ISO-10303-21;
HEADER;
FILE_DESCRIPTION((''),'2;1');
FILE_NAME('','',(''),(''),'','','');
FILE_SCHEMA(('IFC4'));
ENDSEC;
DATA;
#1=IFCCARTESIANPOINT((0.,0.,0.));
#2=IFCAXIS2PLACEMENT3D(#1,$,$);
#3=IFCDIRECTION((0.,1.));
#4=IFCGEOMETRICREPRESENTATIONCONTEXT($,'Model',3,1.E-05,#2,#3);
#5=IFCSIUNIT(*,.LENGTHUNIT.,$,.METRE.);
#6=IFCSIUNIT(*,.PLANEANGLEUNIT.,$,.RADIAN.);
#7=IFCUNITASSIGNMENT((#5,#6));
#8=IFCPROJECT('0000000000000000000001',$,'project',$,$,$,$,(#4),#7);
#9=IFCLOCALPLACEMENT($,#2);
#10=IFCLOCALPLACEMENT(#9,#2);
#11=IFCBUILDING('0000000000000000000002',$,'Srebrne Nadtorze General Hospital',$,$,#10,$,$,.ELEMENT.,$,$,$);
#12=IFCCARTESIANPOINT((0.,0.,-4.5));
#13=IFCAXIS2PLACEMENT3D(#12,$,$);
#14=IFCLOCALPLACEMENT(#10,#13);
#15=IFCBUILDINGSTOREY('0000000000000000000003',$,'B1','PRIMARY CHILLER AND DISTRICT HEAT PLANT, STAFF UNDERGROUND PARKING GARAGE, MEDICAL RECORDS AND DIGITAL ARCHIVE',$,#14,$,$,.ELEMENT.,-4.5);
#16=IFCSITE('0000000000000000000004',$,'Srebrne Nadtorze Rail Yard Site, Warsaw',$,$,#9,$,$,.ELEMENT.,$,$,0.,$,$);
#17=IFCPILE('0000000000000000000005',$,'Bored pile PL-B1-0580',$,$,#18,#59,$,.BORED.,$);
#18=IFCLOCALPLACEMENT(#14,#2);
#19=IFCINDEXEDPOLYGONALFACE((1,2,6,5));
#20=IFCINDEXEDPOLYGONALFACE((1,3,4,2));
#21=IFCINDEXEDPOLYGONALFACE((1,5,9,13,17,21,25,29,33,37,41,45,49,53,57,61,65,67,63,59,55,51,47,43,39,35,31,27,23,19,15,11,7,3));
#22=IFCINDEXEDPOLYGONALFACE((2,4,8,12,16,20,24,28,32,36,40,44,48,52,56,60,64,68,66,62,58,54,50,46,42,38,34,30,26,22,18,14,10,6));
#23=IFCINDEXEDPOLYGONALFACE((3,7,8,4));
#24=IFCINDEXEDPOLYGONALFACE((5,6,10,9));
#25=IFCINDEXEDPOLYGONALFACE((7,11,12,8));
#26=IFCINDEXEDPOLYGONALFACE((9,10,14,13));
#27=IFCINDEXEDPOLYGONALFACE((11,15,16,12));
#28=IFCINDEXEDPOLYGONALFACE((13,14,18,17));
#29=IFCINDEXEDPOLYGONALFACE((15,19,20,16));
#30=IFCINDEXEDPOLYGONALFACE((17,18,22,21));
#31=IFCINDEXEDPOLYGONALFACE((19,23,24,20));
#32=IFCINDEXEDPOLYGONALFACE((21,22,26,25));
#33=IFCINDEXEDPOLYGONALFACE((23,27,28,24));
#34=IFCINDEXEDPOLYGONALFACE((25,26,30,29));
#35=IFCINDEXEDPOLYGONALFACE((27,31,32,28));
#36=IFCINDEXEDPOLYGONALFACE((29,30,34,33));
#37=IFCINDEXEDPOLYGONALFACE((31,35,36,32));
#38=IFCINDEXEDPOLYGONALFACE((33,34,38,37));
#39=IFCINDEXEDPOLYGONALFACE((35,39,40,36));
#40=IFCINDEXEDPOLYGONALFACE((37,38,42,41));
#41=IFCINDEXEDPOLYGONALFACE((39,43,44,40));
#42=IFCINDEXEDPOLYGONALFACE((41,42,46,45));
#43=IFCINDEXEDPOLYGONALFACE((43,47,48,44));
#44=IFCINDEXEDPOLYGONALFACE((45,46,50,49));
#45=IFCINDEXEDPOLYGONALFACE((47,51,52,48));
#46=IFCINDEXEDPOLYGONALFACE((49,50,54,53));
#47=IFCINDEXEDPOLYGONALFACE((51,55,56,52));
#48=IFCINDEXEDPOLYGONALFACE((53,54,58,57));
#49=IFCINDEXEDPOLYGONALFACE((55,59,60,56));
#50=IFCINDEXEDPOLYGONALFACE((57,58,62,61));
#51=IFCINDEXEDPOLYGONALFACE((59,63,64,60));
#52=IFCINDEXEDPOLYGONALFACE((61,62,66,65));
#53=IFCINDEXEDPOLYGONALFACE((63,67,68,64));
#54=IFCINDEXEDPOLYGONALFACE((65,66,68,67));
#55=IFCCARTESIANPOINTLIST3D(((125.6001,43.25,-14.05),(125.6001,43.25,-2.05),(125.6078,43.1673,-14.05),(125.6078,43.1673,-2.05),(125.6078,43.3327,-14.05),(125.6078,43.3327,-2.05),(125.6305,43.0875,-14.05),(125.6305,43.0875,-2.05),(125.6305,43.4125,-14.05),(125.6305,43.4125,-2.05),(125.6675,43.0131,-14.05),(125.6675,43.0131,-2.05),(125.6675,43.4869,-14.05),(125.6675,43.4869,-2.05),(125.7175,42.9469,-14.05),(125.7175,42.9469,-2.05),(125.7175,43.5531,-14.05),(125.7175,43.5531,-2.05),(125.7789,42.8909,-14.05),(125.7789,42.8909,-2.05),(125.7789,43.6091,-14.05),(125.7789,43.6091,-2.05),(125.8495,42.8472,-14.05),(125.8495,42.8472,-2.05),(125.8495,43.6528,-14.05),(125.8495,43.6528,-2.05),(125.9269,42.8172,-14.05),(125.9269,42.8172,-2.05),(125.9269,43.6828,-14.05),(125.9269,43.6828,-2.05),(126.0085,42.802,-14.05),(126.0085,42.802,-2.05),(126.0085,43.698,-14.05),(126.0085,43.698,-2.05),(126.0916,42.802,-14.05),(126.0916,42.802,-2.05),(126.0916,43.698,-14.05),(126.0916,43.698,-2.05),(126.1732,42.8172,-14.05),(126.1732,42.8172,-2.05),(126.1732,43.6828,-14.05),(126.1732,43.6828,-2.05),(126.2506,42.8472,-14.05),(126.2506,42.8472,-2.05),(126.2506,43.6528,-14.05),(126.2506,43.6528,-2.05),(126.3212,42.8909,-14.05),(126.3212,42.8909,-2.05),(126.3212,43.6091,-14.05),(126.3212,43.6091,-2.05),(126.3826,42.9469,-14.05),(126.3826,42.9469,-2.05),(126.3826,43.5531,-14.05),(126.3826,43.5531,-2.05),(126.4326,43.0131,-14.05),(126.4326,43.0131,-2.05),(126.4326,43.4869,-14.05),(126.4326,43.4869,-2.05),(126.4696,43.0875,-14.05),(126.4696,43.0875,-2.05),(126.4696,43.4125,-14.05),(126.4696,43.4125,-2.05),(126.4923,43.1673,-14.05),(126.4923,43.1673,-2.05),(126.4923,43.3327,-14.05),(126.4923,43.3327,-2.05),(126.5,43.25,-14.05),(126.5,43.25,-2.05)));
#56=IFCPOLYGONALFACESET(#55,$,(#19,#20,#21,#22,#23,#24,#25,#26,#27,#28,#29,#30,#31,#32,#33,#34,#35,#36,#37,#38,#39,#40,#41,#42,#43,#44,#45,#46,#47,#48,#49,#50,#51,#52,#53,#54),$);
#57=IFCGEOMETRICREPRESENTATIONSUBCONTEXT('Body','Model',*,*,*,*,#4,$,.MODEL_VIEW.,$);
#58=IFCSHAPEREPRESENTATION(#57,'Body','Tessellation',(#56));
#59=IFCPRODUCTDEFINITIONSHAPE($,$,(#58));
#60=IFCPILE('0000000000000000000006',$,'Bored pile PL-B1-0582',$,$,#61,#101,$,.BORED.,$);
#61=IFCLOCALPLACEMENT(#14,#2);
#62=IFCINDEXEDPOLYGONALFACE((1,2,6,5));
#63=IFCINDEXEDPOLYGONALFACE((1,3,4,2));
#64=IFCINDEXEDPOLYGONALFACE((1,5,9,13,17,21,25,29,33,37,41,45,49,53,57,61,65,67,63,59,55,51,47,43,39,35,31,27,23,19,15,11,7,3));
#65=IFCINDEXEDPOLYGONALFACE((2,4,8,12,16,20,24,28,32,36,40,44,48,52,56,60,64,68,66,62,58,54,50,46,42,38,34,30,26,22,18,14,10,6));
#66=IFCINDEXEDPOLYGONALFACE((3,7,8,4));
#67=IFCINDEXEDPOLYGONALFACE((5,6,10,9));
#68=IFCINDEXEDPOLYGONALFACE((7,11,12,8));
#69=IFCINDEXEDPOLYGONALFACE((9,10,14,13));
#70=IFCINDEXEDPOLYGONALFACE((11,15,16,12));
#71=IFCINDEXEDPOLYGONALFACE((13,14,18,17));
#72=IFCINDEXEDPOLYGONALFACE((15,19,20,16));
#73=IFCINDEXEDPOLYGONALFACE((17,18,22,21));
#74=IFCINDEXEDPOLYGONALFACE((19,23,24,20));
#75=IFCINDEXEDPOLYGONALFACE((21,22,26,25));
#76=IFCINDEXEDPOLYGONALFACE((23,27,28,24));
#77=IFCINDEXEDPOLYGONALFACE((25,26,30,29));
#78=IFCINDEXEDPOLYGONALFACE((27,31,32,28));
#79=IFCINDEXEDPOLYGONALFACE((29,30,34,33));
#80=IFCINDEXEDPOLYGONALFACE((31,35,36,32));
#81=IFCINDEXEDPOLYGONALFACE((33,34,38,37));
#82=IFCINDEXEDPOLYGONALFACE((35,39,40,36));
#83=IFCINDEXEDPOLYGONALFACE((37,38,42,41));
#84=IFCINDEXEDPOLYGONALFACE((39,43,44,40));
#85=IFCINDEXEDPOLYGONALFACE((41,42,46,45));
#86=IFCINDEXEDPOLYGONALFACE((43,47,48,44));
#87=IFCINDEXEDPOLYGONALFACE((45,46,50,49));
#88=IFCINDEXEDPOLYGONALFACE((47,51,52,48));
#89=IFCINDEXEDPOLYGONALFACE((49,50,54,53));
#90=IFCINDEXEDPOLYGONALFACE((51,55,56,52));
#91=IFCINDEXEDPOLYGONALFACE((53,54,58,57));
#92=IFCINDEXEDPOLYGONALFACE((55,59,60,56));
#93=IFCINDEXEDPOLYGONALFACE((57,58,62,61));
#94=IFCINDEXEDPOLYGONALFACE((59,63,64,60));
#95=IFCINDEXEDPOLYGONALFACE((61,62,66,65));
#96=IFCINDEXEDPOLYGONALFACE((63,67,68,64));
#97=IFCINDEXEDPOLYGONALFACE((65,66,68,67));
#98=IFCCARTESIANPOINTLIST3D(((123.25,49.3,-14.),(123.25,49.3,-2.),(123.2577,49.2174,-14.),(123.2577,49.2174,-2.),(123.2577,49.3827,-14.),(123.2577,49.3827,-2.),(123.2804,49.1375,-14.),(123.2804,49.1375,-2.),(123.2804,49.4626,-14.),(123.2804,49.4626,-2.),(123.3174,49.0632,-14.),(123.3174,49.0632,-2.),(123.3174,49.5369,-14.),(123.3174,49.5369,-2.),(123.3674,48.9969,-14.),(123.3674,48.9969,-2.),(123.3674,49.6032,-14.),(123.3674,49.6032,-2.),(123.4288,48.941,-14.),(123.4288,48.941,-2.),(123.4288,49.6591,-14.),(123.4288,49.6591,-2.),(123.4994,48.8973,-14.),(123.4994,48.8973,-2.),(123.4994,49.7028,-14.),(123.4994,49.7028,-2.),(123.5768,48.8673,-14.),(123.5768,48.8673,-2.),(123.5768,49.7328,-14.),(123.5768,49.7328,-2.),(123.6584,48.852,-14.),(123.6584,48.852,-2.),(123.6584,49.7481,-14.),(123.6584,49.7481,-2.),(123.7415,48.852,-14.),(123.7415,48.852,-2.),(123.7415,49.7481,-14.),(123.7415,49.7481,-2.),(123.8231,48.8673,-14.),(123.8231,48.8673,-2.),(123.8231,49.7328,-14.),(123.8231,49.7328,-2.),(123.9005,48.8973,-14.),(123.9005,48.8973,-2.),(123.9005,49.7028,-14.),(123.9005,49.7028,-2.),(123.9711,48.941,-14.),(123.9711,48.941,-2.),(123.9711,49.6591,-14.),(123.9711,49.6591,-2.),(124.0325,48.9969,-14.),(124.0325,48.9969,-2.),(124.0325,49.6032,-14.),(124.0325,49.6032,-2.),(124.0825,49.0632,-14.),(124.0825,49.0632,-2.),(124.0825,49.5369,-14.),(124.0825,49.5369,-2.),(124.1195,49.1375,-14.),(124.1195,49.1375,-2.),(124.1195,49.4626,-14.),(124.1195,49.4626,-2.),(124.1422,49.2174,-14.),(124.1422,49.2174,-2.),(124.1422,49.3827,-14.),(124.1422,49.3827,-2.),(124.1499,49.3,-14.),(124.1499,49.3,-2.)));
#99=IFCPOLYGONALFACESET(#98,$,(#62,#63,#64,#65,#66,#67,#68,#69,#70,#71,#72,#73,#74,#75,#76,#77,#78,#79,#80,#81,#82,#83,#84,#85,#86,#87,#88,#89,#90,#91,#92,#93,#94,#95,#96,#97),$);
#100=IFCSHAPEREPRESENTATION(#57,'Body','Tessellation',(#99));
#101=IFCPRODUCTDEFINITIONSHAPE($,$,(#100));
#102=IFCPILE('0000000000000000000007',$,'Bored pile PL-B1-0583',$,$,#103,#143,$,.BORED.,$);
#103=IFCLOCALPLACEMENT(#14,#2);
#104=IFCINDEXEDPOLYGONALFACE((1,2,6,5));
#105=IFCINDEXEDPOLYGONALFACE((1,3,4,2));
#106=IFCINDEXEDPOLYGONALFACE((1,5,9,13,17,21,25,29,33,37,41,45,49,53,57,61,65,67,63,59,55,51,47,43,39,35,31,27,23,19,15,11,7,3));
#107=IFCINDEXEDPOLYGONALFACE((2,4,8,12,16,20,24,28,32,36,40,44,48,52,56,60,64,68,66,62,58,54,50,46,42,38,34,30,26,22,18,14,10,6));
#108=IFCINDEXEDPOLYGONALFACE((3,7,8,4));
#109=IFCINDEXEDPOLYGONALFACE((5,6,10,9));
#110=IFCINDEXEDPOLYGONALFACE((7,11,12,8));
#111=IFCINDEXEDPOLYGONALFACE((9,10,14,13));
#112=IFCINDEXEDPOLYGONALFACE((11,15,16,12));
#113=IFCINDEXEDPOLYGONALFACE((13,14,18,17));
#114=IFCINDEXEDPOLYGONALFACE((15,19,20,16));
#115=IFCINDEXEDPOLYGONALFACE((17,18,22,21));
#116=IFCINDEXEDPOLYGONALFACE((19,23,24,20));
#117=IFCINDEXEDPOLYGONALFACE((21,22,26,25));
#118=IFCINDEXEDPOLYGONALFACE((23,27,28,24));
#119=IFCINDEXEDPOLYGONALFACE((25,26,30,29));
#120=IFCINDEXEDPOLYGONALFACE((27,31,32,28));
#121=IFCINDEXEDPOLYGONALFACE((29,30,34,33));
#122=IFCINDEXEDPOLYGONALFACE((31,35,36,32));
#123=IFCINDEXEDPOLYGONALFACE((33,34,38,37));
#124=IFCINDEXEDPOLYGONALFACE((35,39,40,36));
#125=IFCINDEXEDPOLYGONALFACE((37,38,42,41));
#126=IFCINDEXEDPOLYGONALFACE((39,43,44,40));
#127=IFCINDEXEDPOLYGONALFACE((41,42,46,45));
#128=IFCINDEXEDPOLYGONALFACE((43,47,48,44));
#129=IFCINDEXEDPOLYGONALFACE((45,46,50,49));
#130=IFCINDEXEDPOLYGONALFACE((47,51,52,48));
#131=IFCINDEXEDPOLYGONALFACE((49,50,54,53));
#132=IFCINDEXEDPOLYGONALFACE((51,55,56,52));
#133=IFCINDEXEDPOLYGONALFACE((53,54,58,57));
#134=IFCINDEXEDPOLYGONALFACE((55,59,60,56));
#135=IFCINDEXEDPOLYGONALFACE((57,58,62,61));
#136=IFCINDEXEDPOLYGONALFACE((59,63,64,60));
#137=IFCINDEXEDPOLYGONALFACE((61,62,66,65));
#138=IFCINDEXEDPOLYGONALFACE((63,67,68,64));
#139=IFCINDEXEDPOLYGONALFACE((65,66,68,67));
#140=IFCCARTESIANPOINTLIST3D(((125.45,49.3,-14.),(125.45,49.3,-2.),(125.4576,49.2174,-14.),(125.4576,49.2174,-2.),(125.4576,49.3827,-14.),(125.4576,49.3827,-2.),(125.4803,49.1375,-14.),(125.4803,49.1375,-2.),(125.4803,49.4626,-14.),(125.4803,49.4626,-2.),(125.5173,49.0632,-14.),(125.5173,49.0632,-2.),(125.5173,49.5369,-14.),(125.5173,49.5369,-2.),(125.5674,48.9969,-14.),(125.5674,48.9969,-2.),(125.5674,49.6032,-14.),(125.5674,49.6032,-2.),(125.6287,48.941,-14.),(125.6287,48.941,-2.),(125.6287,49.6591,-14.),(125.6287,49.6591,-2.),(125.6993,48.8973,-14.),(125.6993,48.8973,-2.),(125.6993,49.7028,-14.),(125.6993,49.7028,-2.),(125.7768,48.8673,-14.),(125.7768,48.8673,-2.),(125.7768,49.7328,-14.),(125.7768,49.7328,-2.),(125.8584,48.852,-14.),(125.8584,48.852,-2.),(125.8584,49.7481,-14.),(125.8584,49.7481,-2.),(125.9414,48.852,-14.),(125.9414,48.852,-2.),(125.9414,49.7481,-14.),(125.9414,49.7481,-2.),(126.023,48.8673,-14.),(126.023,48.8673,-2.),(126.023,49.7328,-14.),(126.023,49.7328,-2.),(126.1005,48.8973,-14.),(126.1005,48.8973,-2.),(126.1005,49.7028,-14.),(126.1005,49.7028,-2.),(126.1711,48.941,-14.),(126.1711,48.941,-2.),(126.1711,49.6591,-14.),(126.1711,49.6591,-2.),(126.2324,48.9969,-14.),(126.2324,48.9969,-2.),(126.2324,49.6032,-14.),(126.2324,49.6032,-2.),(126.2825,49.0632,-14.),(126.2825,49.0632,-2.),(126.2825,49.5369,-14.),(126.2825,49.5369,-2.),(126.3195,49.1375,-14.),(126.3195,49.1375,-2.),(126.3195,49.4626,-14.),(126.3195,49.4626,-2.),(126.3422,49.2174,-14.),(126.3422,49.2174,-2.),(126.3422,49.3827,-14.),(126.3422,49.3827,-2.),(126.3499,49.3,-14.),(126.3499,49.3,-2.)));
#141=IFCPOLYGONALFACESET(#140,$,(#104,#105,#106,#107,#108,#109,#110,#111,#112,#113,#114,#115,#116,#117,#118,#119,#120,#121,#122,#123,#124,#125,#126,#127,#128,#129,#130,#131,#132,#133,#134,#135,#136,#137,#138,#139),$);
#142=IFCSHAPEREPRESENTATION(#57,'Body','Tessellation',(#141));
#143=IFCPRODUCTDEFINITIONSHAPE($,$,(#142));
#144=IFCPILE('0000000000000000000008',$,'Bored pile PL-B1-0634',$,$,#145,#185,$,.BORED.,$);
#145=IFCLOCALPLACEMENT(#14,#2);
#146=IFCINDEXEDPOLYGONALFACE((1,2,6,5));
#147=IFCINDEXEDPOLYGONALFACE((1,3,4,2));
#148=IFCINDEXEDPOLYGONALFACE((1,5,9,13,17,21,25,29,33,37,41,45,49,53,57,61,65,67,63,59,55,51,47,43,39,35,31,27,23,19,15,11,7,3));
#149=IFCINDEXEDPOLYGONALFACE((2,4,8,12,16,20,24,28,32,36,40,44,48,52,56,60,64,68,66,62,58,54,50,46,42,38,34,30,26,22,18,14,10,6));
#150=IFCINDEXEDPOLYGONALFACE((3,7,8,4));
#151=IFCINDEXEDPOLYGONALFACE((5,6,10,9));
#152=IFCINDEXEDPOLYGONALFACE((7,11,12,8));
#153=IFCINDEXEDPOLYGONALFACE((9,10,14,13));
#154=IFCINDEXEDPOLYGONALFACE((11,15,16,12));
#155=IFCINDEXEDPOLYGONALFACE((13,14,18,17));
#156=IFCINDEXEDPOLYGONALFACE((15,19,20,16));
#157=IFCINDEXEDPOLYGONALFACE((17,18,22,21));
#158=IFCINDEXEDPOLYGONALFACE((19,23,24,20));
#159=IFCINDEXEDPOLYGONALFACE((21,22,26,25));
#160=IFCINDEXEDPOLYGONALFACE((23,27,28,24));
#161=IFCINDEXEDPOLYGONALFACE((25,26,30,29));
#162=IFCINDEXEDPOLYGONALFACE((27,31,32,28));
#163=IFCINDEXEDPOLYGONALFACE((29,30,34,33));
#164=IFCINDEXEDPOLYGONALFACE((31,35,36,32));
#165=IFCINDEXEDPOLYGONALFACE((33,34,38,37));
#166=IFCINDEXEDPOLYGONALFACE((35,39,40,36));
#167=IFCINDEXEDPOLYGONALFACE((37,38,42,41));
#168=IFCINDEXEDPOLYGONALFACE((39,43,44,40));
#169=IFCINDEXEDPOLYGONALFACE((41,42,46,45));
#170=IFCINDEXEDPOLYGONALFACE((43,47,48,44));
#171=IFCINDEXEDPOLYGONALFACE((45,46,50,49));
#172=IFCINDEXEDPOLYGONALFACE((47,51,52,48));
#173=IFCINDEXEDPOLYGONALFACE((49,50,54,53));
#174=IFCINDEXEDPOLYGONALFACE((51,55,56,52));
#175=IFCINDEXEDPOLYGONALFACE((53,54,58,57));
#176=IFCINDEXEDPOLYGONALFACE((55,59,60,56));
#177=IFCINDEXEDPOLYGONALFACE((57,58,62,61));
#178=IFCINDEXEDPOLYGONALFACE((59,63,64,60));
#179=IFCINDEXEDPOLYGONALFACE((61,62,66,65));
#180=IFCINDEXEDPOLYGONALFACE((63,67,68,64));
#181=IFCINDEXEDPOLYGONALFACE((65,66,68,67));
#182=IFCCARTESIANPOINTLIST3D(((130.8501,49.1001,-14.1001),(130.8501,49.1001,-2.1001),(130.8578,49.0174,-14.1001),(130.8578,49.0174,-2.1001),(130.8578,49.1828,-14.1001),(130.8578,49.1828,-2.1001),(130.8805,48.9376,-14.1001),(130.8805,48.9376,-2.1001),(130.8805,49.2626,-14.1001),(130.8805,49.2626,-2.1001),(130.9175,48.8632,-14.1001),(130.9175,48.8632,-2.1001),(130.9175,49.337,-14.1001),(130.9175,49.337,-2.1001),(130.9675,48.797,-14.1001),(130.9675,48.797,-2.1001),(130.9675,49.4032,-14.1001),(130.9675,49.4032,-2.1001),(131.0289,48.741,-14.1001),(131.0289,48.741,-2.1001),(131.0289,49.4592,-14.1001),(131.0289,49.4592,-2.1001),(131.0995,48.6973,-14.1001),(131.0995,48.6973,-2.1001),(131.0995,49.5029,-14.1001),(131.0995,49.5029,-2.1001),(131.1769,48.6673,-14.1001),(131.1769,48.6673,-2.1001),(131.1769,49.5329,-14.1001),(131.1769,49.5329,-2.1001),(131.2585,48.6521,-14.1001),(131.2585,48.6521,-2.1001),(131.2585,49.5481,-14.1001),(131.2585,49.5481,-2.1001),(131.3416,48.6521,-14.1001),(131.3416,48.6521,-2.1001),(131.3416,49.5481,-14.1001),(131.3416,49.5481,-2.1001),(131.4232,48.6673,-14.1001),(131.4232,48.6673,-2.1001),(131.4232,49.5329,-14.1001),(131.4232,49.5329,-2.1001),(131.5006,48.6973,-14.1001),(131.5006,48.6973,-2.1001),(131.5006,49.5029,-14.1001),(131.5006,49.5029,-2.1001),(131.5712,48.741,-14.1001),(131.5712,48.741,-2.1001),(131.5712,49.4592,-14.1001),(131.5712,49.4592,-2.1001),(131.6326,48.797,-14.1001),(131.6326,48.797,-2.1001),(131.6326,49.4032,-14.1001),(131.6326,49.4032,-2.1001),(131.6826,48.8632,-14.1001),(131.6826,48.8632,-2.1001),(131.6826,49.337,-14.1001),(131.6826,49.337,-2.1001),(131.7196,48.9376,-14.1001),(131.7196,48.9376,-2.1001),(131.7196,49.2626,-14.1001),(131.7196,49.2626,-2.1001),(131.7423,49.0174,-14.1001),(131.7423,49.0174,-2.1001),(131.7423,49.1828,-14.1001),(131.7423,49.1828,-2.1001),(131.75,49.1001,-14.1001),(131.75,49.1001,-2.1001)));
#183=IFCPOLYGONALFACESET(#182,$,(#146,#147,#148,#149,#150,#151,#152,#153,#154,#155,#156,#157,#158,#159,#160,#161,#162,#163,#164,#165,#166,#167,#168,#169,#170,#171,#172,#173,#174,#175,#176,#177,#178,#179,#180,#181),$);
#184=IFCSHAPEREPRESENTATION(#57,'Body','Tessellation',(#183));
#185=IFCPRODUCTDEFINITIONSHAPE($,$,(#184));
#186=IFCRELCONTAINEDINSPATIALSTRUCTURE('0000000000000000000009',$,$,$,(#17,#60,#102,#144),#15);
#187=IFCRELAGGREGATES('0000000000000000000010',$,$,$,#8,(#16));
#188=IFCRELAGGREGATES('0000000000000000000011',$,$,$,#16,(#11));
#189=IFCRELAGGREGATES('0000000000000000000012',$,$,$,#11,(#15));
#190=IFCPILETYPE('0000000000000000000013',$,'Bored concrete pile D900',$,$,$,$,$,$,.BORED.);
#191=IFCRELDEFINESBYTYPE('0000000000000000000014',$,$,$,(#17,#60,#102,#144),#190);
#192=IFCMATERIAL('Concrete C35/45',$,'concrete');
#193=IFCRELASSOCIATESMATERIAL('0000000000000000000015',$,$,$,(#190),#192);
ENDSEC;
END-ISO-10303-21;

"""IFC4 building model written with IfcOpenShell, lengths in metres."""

from ifc_helpers import new_model, si_unit, direction, frame, origin, origin_2d, place, context, subcontext, project, spatial, circle, extrude, material, material_profile, profile_set, type_object, element, save


model = new_model("IFC4")

# Units and contexts
model_context = context("Model", 3, precision=1e-05, world=origin(), true_north=direction((0.0, 1.0)))
body_context = subcontext(model_context, "Body", "Model", "MODEL_VIEW")
ifc_project = project(units=[si_unit("LENGTHUNIT", "METRE"), si_unit("PLANEANGLEUNIT", "RADIAN")], contexts=[model_context])

# Site, building, storey
site_placement = place(None, origin())
site = spatial("IfcSite", under=ifc_project, at=site_placement, Name="Srebrne Nadtorze Rail Yard Site, Warsaw", CompositionType="ELEMENT", RefElevation=0.0)
building_placement = place(site_placement, origin())
building = spatial("IfcBuilding", under=site, at=building_placement, Name="Srebrne Nadtorze General Hospital", CompositionType="ELEMENT")
storey_placement = place(building_placement, frame((0.0, 0.0, -4.5)))
storey = spatial("IfcBuildingStorey", under=building, at=storey_placement, Name="B1", Description="PRIMARY CHILLER AND DISTRICT HEAT PLANT, STAFF UNDERGROUND PARKING GARAGE, MEDICAL RECORDS AND DIGITAL ARCHIVE", CompositionType="ELEMENT", Elevation=-4.5)

# Piles
ifc_material_1 = material(Name="Concrete C35/45", Category="concrete")
ifc_material_profile_1 = material_profile(ifc_material_1, circle(Radius=0.45, at=origin_2d()), Name="PILE-D900")
ifc_profile_set_1 = profile_set([ifc_material_profile_1], Name="Concrete C35/45")
pile_type_1 = type_object("IfcPileType", Name="Bored concrete pile D900", PredefinedType="BORED", material=ifc_profile_set_1)
for number, where, z_axis, x_axis, name in (
    (1, (126.05, 43.25, -2.05), (0.0, 0.0, -1.0), (1.0, 0.0, 0.0), "Bored pile PL-B1-0580"),
    (2, (123.7, 49.3, -2.0), (0.0, 0.0, -1.0), (1.0, 0.0, 0.0), "Bored pile PL-B1-0582"),
    (3, (125.8999, 49.3, -2.0), (0.0, 0.0, -1.0), (1.0, 0.0, 0.0), "Bored pile PL-B1-0583"),
    (4, (131.3, 49.1001, -2.1001), (0.0, 0.0, -1.0), (1.0, 0.0, 0.0), "Bored pile PL-B1-0634"),
):
    element("IfcPile", number, at=place(storey_placement, frame(where, z_axis=z_axis, x_axis=x_axis)), inside=storey, type_object=pile_type_1, Name=name, PredefinedType="BORED", context=body_context, shape_type="SweptSolid", body=[
        extrude(circle(Radius=0.45, at=origin_2d()), origin(), (0.0, 0.0, 1.0), 12.0),
    ])

save(model, "model.ifc")
